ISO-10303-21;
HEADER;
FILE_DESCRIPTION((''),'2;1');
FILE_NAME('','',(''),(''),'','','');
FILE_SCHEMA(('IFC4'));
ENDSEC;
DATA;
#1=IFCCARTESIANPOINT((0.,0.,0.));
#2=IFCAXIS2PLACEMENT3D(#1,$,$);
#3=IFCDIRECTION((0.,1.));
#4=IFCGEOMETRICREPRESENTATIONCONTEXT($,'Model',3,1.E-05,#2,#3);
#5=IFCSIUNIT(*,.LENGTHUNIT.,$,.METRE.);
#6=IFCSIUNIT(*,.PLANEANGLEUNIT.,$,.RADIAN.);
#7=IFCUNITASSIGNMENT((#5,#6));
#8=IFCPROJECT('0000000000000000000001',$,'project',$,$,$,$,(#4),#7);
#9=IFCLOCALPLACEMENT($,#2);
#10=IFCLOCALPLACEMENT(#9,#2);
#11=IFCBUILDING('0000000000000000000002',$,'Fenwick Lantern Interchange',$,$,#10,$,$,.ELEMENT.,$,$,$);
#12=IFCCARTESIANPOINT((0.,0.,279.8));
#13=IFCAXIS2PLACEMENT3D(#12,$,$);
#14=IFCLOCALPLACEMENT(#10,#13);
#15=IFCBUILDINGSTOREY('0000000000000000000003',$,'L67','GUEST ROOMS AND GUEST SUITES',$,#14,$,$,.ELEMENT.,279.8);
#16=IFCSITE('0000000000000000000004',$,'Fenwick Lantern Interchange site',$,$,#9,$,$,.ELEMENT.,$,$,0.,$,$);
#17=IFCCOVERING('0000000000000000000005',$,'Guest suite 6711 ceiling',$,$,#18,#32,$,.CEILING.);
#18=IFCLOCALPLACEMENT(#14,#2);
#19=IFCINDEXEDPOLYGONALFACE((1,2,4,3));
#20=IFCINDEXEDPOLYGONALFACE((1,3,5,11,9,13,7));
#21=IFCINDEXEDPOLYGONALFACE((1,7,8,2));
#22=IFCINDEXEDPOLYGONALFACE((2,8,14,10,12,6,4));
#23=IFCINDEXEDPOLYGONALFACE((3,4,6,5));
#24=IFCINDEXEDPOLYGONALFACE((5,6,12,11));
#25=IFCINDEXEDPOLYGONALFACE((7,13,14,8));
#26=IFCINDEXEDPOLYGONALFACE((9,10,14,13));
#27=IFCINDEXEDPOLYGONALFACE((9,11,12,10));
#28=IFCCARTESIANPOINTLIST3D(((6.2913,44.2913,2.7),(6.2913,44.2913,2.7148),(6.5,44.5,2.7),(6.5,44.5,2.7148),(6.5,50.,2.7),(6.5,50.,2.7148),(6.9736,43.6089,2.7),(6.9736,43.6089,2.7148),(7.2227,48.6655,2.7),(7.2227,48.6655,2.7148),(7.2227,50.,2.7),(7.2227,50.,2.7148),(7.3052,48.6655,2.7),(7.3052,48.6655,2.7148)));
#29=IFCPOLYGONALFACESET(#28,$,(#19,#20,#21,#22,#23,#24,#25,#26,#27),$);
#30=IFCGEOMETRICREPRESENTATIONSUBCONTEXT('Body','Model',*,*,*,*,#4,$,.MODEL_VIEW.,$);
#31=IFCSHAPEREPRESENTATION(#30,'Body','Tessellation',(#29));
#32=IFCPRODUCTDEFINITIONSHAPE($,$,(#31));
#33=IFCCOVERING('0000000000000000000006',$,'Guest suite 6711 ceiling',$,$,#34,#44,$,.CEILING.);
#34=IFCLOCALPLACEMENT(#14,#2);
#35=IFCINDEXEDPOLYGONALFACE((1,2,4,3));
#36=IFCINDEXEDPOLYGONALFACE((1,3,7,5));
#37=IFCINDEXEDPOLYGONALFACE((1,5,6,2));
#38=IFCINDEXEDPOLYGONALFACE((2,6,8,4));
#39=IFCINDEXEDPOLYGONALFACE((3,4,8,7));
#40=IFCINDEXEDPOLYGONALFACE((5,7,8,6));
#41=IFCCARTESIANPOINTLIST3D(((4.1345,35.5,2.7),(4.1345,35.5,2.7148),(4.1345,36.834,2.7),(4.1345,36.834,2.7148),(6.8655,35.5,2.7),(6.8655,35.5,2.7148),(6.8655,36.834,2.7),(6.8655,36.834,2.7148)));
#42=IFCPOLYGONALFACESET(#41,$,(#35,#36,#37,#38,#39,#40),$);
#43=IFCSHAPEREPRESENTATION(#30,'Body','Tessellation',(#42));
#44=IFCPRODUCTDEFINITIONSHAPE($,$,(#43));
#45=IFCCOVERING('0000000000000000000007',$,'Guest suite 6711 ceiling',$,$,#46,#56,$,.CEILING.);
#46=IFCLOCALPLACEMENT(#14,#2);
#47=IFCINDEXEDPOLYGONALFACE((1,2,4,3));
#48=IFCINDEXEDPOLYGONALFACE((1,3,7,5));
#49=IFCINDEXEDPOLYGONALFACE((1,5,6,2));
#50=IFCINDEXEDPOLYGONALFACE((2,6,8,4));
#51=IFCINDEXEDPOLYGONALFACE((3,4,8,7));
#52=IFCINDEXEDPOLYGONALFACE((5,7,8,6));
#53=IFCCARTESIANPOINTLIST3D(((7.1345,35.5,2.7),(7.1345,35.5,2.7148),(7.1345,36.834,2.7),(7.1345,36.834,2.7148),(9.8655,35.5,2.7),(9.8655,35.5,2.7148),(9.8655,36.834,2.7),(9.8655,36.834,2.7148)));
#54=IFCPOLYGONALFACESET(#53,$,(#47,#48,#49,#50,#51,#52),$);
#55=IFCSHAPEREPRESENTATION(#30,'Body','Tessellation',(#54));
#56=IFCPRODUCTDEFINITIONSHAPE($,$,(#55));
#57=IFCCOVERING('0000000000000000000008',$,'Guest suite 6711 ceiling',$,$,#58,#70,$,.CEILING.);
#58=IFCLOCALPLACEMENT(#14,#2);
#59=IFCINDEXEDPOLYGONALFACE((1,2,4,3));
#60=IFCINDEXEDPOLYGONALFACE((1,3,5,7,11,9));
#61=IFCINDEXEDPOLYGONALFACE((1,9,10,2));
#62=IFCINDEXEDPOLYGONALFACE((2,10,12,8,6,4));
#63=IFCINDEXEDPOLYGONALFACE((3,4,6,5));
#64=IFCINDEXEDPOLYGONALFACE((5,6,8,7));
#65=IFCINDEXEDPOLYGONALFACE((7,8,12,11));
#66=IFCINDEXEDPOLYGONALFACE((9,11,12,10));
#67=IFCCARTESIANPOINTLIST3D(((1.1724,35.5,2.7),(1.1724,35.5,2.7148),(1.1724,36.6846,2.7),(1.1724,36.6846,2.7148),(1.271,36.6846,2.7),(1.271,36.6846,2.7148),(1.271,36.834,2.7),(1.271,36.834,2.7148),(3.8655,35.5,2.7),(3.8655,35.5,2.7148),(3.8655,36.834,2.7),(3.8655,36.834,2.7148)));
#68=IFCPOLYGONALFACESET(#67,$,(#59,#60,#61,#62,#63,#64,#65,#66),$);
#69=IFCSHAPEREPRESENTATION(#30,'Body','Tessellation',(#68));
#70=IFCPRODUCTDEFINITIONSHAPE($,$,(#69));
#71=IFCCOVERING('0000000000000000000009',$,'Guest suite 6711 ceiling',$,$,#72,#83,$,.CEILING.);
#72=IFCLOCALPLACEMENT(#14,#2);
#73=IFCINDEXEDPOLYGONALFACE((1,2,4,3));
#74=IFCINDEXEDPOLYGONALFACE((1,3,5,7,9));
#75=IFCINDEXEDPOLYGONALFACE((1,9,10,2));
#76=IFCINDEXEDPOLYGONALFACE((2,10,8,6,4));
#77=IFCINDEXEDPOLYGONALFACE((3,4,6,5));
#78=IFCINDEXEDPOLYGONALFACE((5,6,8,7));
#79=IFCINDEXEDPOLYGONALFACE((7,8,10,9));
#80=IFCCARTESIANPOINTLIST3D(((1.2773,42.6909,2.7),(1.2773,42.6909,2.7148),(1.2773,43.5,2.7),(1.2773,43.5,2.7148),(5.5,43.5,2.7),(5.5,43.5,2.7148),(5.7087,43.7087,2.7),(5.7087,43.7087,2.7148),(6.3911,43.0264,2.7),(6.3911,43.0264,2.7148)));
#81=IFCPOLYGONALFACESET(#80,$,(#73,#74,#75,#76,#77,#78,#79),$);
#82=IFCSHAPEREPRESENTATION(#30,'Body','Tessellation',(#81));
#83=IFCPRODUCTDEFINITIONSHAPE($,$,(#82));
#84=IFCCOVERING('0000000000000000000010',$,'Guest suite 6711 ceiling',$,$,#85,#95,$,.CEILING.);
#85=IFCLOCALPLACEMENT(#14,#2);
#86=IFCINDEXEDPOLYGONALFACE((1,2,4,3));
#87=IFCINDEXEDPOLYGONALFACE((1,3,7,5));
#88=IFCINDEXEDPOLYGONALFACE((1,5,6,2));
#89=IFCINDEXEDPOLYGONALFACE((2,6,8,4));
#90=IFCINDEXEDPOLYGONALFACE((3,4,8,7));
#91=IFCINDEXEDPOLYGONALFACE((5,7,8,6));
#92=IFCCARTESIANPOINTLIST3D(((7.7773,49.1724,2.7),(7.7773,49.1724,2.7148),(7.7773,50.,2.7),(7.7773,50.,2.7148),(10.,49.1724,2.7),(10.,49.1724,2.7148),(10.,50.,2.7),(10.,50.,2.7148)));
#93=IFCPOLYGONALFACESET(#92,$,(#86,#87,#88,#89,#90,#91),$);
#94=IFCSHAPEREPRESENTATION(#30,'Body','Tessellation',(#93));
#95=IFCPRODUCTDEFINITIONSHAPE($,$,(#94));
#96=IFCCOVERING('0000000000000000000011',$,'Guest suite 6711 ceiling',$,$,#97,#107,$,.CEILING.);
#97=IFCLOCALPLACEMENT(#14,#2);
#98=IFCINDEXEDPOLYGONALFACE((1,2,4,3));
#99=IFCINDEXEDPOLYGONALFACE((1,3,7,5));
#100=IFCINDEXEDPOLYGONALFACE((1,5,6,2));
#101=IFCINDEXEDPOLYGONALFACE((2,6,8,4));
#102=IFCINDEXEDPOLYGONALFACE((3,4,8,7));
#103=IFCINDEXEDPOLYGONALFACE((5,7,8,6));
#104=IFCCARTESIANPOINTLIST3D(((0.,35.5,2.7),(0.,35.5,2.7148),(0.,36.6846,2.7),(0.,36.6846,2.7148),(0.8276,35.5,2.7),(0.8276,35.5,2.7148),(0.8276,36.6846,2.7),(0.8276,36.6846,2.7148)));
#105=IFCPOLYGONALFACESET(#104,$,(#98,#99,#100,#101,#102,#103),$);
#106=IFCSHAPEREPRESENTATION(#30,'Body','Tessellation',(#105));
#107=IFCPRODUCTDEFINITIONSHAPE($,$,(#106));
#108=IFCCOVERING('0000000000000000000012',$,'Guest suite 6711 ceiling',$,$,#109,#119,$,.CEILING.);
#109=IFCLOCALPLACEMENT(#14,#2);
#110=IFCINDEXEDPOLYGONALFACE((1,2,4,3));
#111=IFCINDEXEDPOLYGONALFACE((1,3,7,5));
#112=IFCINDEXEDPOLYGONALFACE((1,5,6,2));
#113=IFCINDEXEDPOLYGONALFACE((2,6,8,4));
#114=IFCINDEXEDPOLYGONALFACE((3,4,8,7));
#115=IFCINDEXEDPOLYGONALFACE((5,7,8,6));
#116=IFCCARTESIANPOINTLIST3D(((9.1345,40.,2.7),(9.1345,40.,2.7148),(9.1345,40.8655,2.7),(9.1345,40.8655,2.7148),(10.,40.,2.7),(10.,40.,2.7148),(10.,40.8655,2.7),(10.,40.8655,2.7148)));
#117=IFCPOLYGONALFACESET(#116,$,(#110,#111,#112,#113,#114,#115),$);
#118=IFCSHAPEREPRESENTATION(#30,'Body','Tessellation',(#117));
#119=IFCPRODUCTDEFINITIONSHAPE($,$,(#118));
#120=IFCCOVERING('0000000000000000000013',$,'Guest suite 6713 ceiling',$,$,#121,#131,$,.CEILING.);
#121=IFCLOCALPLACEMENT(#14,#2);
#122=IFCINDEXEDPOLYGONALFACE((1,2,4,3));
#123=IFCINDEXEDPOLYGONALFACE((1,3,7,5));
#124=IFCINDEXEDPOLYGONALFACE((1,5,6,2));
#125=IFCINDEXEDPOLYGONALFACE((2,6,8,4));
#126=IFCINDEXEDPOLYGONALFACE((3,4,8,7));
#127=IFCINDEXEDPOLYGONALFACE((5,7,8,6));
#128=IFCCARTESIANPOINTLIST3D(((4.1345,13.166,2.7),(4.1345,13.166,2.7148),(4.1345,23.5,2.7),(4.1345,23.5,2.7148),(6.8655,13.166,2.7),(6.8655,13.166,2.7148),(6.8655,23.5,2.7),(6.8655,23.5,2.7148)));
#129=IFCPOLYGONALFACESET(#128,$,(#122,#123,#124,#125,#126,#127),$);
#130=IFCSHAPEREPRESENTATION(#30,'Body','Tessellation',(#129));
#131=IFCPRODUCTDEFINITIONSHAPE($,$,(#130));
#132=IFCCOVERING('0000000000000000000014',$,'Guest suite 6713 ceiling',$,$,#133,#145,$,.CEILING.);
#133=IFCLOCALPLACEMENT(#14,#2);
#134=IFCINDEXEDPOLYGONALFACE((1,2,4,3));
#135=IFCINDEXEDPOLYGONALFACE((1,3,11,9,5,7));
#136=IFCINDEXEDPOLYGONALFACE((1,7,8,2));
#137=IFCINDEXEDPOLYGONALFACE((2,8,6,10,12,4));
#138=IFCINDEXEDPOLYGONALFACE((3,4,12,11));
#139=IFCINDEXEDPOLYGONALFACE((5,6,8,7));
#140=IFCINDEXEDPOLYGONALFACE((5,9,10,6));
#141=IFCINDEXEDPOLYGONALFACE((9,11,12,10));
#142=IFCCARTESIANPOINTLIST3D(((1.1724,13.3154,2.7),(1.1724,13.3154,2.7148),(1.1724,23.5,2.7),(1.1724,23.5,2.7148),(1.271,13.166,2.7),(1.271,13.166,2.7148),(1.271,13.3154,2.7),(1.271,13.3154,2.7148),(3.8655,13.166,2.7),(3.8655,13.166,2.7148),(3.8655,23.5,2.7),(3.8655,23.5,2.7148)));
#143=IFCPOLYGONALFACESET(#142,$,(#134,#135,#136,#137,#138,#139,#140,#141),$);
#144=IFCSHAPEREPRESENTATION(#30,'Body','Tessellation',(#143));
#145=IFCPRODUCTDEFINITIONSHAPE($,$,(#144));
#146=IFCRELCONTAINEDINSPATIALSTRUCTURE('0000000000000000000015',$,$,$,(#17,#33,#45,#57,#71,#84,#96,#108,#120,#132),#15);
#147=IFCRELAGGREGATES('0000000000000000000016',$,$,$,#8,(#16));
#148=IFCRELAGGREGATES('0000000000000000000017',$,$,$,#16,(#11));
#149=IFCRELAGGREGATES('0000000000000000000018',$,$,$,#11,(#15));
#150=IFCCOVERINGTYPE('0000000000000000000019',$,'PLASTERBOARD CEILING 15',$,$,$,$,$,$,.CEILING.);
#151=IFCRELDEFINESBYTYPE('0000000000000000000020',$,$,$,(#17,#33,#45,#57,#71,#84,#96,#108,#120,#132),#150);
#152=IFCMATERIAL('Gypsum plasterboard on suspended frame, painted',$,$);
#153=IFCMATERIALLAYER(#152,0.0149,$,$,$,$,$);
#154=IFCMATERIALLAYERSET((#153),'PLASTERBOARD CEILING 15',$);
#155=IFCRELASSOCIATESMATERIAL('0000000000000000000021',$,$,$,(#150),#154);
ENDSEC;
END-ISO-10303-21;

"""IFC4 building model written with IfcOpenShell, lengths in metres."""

from ifc_helpers import new_model, si_unit, direction, frame, origin, place, context, subcontext, project, spatial, polyline, outline, extrude, material, layer, layer_set, type_object, element, save


model = new_model("IFC4")

# Units and contexts
model_context = context("Model", 3, precision=1e-05, world=origin(), true_north=direction((0.0, 1.0)))
body_context = subcontext(model_context, "Body", "Model", "MODEL_VIEW")
ifc_project = project(units=[si_unit("LENGTHUNIT", "METRE"), si_unit("PLANEANGLEUNIT", "RADIAN")], contexts=[model_context])

# Site, building, storey
site_placement = place(None, origin())
site = spatial("IfcSite", under=ifc_project, at=site_placement, Name="Fenwick Lantern Interchange site", CompositionType="ELEMENT", RefElevation=0.0)
building_placement = place(site_placement, origin())
building = spatial("IfcBuilding", under=site, at=building_placement, Name="Fenwick Lantern Interchange", CompositionType="ELEMENT")
storey_placement = place(building_placement, frame((0.0, 0.0, 279.8)))
storey = spatial("IfcBuildingStorey", under=building, at=storey_placement, Name="L67", Description="GUEST ROOMS AND GUEST SUITES", CompositionType="ELEMENT", Elevation=279.8)

# Coverings
ifc_material = material(Name="Gypsum plasterboard on suspended frame, painted")
ifc_layer = layer(ifc_material, 0.0149)
ifc_layer_set = layer_set([ifc_layer], Name="PLASTERBOARD CEILING 15")
covering_type = type_object("IfcCoveringType", Name="PLASTERBOARD CEILING 15", PredefinedType="CEILING", material=ifc_layer_set)
covering_1_placement = place(storey_placement, frame((0.0, 0.0, 2.7)))
element("IfcCovering", 1, at=covering_1_placement, inside=storey, type_object=covering_type, Name="Guest suite 6711 ceiling", PredefinedType="CEILING", context=body_context, shape_type="SweptSolid", body=[
    extrude(outline(polyline([(7.3052, 48.6655), (7.2227, 48.6655), (7.2227, 50.0), (6.5, 50.0), (6.5, 44.5), (6.2913, 44.2913), (6.9736, 43.6089), (7.3052, 48.6655)])), origin(), (0.0, 0.0, 1.0), 0.0149),
])
covering_2_placement = place(storey_placement, frame((0.0, 0.0, 2.7)))
element("IfcCovering", 2, at=covering_2_placement, inside=storey, type_object=covering_type, Name="Guest suite 6711 ceiling", PredefinedType="CEILING", context=body_context, shape_type="SweptSolid", body=[
    extrude(outline(polyline([(4.1345, 35.5), (6.8655, 35.5), (6.8655, 36.834), (4.1345, 36.834), (4.1345, 35.5)])), origin(), (0.0, 0.0, 1.0), 0.0149),
])
covering_3_placement = place(storey_placement, frame((0.0, 0.0, 2.7)))
element("IfcCovering", 3, at=covering_3_placement, inside=storey, type_object=covering_type, Name="Guest suite 6711 ceiling", PredefinedType="CEILING", context=body_context, shape_type="SweptSolid", body=[
    extrude(outline(polyline([(7.1345, 35.5), (9.8655, 35.5), (9.8655, 36.834), (7.1345, 36.834), (7.1345, 35.5)])), origin(), (0.0, 0.0, 1.0), 0.0149),
])
covering_4_placement = place(storey_placement, frame((0.0, 0.0, 2.7)))
element("IfcCovering", 4, at=covering_4_placement, inside=storey, type_object=covering_type, Name="Guest suite 6711 ceiling", PredefinedType="CEILING", context=body_context, shape_type="SweptSolid", body=[
    extrude(outline(polyline([(1.1724, 35.5), (3.8655, 35.5), (3.8655, 36.834), (1.271, 36.834), (1.271, 36.6846), (1.1724, 36.6846), (1.1724, 35.5)])), origin(), (0.0, 0.0, 1.0), 0.0149),
])
covering_5_placement = place(storey_placement, frame((0.0, 0.0, 2.7)))
element("IfcCovering", 5, at=covering_5_placement, inside=storey, type_object=covering_type, Name="Guest suite 6711 ceiling", PredefinedType="CEILING", context=body_context, shape_type="SweptSolid", body=[
    extrude(outline(polyline([(1.2773, 43.5), (1.2773, 42.6909), (6.3911, 43.0264), (5.7087, 43.7087), (5.5, 43.5), (1.2773, 43.5)])), origin(), (0.0, 0.0, 1.0), 0.0149),
])
covering_6_placement = place(storey_placement, frame((0.0, 0.0, 2.7)))
element("IfcCovering", 6, at=covering_6_placement, inside=storey, type_object=covering_type, Name="Guest suite 6711 ceiling", PredefinedType="CEILING", context=body_context, shape_type="SweptSolid", body=[
    extrude(outline(polyline([(7.7773, 50.0), (7.7773, 49.1724), (10.0, 49.1724), (10.0, 50.0), (7.7773, 50.0)])), origin(), (0.0, 0.0, 1.0), 0.0149),
])
covering_7_placement = place(storey_placement, frame((0.0, 0.0, 2.7)))
element("IfcCovering", 7, at=covering_7_placement, inside=storey, type_object=covering_type, Name="Guest suite 6711 ceiling", PredefinedType="CEILING", context=body_context, shape_type="SweptSolid", body=[
    extrude(outline(polyline([(0.0, 35.5), (0.8276, 35.5), (0.8276, 36.6846), (0.0, 36.6846), (0.0, 35.5)])), origin(), (0.0, 0.0, 1.0), 0.0149),
])
covering_8_placement = place(storey_placement, frame((0.0, 0.0, 2.7)))
element("IfcCovering", 8, at=covering_8_placement, inside=storey, type_object=covering_type, Name="Guest suite 6711 ceiling", PredefinedType="CEILING", context=body_context, shape_type="SweptSolid", body=[
    extrude(outline(polyline([(10.0, 40.0), (10.0, 40.8655), (9.1345, 40.8655), (9.1345, 40.0), (10.0, 40.0)])), origin(), (0.0, 0.0, 1.0), 0.0149),
])
covering_9_placement = place(storey_placement, frame((0.0, 0.0, 2.7)))
element("IfcCovering", 9, at=covering_9_placement, inside=storey, type_object=covering_type, Name="Guest suite 6713 ceiling", PredefinedType="CEILING", context=body_context, shape_type="SweptSolid", body=[
    extrude(outline(polyline([(6.8655, 23.5), (4.1345, 23.5), (4.1345, 13.166), (6.8655, 13.166), (6.8655, 23.5)])), origin(), (0.0, 0.0, 1.0), 0.0149),
])
covering_10_placement = place(storey_placement, frame((0.0, 0.0, 2.7)))
element("IfcCovering", 10, at=covering_10_placement, inside=storey, type_object=covering_type, Name="Guest suite 6713 ceiling", PredefinedType="CEILING", context=body_context, shape_type="SweptSolid", body=[
    extrude(outline(polyline([(1.271, 13.3154), (1.271, 13.166), (3.8655, 13.166), (3.8655, 23.5), (1.1724, 23.5), (1.1724, 13.3154), (1.271, 13.3154)])), origin(), (0.0, 0.0, 1.0), 0.0149),
])

save(model, "model.ifc")
